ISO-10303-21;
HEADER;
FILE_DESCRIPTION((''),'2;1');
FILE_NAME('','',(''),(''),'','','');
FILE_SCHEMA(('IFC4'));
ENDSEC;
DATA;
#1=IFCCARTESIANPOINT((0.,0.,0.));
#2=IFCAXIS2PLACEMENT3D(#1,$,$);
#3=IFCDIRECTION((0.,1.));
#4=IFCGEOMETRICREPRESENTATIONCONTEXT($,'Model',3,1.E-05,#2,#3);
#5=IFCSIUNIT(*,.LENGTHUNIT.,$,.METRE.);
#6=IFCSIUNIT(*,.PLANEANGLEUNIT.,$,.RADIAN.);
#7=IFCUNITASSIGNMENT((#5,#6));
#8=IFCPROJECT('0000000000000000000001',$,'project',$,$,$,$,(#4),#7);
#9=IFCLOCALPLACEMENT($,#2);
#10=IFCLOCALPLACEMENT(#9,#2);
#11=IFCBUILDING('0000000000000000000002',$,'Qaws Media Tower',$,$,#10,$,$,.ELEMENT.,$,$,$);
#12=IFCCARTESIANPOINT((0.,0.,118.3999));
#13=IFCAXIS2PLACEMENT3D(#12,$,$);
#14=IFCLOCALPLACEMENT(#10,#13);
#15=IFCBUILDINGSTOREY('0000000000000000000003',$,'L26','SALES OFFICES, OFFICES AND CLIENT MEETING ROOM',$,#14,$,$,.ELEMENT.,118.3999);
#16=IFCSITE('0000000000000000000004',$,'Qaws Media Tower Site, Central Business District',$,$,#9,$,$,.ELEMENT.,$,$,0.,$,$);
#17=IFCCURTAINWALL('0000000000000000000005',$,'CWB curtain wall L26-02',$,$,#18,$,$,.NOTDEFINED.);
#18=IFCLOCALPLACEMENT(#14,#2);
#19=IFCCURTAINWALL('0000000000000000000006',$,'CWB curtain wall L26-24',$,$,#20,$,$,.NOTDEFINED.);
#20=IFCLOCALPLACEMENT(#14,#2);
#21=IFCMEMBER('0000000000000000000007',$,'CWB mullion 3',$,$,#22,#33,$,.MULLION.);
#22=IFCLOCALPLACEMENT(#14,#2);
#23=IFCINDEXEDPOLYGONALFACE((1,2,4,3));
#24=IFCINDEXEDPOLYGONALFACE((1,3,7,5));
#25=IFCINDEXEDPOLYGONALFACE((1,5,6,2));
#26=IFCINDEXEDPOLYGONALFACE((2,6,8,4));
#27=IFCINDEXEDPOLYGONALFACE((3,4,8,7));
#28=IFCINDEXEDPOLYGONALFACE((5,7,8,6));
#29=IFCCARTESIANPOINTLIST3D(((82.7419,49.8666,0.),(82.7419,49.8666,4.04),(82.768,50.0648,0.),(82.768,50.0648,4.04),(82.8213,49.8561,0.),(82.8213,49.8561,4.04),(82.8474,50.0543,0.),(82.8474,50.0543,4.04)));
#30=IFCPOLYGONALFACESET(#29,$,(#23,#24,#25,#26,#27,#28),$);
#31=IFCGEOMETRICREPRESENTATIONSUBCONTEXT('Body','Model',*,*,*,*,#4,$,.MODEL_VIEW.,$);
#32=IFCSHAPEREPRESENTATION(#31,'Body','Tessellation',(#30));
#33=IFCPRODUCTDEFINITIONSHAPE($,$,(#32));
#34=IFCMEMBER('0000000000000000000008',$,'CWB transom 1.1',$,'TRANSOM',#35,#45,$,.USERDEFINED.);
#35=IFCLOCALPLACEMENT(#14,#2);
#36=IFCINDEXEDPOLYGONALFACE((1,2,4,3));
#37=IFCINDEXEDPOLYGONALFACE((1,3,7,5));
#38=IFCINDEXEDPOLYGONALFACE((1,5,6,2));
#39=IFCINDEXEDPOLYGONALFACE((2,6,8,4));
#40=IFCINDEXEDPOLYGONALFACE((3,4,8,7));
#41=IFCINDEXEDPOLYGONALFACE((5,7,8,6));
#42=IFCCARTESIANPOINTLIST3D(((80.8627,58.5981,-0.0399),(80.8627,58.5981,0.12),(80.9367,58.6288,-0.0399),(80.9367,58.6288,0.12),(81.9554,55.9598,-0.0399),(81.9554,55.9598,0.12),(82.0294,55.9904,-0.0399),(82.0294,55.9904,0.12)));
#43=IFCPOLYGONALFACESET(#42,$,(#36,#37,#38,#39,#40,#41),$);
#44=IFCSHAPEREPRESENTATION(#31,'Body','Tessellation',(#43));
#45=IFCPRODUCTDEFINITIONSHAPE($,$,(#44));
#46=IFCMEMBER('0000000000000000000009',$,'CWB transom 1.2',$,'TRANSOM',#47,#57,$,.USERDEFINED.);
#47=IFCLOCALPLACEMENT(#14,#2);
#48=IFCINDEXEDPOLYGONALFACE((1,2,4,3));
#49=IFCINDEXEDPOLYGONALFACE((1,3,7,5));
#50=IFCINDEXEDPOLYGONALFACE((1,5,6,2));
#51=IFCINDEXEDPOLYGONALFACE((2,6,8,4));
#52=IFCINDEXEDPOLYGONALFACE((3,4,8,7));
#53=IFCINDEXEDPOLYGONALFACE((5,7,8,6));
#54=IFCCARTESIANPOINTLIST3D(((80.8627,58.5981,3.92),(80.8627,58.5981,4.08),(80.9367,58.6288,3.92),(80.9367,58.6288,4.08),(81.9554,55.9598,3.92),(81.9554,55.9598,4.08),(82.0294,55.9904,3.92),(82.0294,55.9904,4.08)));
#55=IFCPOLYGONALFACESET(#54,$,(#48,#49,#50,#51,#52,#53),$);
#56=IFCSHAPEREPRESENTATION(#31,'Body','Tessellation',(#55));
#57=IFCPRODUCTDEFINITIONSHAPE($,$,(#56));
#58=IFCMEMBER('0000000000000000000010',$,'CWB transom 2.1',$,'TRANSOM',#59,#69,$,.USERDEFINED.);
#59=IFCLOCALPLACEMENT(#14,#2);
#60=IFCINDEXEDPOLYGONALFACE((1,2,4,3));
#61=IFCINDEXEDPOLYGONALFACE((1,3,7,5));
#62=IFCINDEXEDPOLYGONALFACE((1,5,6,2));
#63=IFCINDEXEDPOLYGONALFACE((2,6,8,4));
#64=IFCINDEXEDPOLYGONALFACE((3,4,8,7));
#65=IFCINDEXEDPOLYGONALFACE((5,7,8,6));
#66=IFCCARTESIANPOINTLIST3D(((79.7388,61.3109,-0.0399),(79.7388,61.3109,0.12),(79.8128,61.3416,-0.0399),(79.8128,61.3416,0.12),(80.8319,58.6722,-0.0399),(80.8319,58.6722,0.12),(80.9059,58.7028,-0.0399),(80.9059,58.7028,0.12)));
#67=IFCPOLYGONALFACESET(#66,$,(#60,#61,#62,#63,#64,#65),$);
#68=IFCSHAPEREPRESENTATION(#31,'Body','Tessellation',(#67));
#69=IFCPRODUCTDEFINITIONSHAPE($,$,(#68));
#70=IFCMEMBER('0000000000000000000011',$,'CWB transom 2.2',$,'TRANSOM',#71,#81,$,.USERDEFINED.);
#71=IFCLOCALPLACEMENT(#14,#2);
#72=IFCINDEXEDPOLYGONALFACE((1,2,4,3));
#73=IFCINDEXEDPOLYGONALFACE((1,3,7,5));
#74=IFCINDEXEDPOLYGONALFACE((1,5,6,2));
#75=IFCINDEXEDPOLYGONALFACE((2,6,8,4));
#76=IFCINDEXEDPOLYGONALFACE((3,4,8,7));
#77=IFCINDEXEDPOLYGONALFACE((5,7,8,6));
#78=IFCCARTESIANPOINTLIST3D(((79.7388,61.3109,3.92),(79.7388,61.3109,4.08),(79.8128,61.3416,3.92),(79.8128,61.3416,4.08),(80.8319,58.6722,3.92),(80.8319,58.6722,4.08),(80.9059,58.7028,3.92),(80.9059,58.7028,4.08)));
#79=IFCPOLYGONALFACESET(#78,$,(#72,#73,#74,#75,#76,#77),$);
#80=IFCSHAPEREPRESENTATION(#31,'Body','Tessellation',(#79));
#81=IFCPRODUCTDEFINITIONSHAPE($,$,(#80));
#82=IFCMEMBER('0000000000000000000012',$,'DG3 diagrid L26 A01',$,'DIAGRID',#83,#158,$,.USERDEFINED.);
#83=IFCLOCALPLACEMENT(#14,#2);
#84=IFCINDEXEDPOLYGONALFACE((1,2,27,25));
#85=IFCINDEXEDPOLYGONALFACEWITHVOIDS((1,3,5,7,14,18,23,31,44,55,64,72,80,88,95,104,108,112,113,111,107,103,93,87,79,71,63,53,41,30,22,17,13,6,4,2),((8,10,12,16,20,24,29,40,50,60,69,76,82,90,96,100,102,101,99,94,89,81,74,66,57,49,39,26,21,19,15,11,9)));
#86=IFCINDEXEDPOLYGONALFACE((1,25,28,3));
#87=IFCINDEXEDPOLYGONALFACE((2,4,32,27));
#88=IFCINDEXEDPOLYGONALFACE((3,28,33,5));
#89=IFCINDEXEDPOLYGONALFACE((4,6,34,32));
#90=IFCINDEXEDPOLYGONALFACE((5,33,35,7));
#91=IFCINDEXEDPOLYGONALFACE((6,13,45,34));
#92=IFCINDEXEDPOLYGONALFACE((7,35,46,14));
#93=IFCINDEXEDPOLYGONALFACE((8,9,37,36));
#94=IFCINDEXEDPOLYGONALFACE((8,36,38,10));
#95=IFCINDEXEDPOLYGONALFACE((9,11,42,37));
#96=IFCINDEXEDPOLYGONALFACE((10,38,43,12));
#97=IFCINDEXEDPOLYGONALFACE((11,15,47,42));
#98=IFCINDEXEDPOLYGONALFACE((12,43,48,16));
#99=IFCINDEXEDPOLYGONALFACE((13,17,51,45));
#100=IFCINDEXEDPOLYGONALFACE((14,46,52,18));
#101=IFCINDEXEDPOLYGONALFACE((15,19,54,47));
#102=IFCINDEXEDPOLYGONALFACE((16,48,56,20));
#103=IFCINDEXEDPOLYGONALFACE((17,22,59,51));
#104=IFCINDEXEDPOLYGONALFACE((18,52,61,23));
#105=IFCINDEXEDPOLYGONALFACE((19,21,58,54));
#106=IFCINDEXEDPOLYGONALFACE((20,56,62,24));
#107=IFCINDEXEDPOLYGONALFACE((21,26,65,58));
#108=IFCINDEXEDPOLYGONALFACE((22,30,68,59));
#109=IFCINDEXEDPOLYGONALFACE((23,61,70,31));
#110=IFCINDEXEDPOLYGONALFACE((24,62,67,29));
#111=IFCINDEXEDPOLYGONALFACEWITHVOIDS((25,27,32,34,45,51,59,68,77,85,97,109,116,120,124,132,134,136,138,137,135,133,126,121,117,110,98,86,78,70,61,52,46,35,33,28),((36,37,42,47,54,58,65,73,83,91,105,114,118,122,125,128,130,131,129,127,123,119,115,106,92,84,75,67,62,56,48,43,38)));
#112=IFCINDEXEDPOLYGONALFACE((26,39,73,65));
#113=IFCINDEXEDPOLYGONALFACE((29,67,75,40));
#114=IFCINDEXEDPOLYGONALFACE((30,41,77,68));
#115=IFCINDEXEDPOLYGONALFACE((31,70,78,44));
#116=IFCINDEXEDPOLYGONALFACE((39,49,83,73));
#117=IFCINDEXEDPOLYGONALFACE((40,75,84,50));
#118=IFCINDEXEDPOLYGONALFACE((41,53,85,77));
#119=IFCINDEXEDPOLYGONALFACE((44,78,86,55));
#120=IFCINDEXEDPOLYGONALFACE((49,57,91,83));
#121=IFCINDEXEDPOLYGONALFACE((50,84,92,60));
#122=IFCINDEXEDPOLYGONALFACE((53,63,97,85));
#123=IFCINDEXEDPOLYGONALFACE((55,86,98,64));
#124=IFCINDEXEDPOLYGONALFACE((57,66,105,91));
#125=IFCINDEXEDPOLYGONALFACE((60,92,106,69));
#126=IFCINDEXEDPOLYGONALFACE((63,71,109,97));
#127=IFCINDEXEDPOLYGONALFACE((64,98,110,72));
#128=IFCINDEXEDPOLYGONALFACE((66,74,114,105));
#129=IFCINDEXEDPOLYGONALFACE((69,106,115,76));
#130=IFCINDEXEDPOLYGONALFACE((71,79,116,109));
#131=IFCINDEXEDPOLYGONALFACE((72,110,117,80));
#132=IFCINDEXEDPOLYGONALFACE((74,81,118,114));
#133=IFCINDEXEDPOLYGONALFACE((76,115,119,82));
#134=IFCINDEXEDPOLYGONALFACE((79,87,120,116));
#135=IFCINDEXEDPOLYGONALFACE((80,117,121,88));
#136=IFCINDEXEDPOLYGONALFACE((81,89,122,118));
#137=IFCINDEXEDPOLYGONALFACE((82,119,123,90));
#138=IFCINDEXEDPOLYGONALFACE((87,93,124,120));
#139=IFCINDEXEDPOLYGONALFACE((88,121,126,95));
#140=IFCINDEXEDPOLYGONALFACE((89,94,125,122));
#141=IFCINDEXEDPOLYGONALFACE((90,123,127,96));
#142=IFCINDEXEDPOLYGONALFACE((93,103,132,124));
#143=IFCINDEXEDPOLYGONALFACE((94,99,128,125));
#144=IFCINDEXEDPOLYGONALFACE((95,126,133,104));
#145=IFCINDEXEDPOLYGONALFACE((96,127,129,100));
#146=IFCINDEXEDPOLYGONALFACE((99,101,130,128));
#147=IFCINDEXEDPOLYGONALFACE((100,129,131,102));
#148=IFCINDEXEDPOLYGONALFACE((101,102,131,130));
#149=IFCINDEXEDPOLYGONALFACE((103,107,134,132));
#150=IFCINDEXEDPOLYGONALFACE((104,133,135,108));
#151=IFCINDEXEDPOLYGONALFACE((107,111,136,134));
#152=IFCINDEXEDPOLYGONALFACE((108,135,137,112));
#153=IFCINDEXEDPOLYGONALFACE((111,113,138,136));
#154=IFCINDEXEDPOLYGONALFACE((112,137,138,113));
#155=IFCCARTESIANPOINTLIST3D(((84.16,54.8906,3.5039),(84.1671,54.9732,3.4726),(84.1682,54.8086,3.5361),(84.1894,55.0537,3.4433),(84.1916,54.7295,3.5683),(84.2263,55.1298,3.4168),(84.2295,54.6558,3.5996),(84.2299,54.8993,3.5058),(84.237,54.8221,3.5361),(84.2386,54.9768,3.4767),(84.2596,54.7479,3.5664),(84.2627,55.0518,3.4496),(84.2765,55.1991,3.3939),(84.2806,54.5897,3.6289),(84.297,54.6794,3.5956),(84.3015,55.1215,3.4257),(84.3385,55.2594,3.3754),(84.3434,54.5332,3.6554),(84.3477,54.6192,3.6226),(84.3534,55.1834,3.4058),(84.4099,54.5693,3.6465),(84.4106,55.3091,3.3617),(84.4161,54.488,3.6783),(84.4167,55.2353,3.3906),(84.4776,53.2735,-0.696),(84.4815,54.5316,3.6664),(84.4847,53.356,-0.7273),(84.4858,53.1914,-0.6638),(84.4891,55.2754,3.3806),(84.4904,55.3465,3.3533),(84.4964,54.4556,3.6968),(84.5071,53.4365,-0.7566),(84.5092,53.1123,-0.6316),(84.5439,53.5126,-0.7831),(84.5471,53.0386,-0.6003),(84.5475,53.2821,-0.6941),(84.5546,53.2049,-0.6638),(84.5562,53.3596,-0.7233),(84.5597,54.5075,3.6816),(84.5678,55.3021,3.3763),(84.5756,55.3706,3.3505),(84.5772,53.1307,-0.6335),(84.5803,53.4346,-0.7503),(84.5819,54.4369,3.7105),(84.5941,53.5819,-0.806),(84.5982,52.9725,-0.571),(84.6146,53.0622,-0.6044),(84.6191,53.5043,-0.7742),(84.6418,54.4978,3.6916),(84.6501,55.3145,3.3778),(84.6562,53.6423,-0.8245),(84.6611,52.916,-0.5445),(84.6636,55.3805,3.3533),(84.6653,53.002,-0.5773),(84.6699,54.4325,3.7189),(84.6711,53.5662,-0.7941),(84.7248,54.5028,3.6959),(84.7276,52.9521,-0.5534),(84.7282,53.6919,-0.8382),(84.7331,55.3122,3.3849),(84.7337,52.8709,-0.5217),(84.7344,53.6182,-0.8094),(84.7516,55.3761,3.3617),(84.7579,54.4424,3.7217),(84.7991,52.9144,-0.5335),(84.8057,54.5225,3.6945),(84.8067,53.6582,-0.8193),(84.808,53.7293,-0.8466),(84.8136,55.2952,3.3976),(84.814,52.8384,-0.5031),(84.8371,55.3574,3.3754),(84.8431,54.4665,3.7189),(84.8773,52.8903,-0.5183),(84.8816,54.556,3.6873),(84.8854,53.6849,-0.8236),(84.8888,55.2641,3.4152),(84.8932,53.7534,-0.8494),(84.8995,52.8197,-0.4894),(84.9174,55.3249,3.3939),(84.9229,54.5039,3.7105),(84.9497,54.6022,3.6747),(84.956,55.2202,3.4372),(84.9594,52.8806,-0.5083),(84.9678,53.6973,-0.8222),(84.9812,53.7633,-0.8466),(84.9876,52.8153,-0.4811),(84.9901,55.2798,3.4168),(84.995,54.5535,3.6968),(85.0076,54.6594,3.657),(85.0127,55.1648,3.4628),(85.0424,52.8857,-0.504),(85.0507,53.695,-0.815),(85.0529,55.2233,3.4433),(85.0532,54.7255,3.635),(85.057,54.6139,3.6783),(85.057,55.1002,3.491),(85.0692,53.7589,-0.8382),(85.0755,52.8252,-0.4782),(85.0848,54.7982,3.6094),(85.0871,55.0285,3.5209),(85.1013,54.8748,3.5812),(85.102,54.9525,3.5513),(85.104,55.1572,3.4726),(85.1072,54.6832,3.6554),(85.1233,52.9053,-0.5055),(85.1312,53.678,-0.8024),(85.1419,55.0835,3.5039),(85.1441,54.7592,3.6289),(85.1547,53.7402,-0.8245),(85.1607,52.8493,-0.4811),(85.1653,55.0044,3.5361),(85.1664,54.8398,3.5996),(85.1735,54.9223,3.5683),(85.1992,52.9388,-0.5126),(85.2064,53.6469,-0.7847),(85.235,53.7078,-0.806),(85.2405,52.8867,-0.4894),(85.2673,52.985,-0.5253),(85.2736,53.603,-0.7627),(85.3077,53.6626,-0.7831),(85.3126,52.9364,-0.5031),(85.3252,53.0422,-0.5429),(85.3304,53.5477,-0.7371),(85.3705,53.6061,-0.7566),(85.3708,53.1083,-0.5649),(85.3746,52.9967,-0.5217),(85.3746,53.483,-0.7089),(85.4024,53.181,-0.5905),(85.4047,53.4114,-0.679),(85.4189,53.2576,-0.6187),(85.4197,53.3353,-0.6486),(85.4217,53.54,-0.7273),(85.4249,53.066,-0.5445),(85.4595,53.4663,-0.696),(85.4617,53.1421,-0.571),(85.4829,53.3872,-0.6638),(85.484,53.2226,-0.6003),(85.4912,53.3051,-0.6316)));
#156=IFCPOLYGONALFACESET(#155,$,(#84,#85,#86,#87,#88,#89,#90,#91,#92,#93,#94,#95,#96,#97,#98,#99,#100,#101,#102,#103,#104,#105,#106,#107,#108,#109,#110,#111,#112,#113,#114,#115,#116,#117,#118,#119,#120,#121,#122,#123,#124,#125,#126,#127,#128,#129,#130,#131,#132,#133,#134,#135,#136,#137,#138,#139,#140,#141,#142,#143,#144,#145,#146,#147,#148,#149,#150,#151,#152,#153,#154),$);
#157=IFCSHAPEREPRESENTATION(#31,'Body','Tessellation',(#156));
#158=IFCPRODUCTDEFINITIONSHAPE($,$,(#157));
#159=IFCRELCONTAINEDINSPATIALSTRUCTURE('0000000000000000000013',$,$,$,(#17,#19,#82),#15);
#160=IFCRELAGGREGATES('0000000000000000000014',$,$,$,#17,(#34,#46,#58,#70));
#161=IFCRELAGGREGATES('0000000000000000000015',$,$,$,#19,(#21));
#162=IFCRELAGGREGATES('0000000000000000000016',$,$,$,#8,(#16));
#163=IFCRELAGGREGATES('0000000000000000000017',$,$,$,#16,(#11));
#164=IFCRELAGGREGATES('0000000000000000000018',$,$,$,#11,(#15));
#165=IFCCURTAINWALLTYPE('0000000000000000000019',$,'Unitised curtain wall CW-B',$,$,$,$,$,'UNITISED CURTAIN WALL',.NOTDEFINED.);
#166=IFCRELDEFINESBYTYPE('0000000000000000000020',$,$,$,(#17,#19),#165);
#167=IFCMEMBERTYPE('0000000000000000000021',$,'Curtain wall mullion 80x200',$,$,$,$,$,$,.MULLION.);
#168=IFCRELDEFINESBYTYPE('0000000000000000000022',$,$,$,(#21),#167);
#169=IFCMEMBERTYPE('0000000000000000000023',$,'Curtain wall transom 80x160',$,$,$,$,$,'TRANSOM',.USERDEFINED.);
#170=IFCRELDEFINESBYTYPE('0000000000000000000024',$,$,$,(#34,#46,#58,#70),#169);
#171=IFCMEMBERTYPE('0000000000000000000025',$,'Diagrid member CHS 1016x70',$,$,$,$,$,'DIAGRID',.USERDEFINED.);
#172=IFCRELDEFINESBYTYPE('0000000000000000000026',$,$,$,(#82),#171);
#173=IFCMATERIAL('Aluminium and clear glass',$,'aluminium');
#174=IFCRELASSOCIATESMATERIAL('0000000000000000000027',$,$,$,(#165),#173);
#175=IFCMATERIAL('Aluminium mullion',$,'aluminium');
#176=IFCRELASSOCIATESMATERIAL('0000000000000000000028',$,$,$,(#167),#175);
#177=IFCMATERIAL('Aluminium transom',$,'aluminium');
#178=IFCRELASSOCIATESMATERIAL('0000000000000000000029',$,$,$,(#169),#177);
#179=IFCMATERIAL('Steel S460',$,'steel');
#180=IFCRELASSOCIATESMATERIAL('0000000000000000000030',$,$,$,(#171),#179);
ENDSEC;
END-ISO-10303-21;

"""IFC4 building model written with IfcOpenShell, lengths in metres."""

from ifc_helpers import new_model, si_unit, direction, frame, origin, origin_2d, place, context, subcontext, project, spatial, rectangle, hollow_circle, extrude, material, material_profile, profile_set, type_object, element, aggregate, save


model = new_model("IFC4")

# Units and contexts
model_context = context("Model", 3, precision=1e-05, world=origin(), true_north=direction((0.0, 1.0)))
body_context = subcontext(model_context, "Body", "Model", "MODEL_VIEW")
ifc_project = project(units=[si_unit("LENGTHUNIT", "METRE"), si_unit("PLANEANGLEUNIT", "RADIAN")], contexts=[model_context])

# Site, building, storey
site_placement = place(None, origin())
site = spatial("IfcSite", under=ifc_project, at=site_placement, Name="Qaws Media Tower Site, Central Business District", CompositionType="ELEMENT", RefElevation=0.0)
building_placement = place(site_placement, origin())
building = spatial("IfcBuilding", under=site, at=building_placement, Name="Qaws Media Tower", CompositionType="ELEMENT")
storey_placement = place(building_placement, frame((0.0, 0.0, 118.3999)))
storey = spatial("IfcBuildingStorey", under=building, at=storey_placement, Name="L26", Description="SALES OFFICES, OFFICES AND CLIENT MEETING ROOM", CompositionType="ELEMENT", Elevation=118.3999)

# Curtain wall
ifc_material_1 = material(Name="Aluminium and clear glass", Category="aluminium")
curtain_wall_type = type_object("IfcCurtainWallType", Name="Unitised curtain wall CW-B", ElementType="UNITISED CURTAIN WALL", PredefinedType="NOTDEFINED", material=ifc_material_1)
curtain_wall_1_placement = place(storey_placement, origin())
curtain_wall_1 = element("IfcCurtainWall", 1, at=curtain_wall_1_placement, inside=storey, type_object=curtain_wall_type, Name="CWB curtain wall L26-02", PredefinedType="NOTDEFINED")
ifc_material_2 = material(Name="Aluminium mullion", Category="aluminium")
ifc_material_profile_1 = material_profile(ifc_material_2, rectangle(XDim=0.0801, YDim=0.2, at=origin_2d()), Name="80x200")
ifc_profile_set_1 = profile_set([ifc_material_profile_1], Name="Aluminium mullion")
member_type_1 = type_object("IfcMemberType", Name="Curtain wall mullion 80x200", PredefinedType="MULLION", material=ifc_profile_set_1)

# Curtain wall, member
curtain_wall_2_placement = place(storey_placement, origin())
curtain_wall_2 = element("IfcCurtainWall", 2, at=curtain_wall_2_placement, inside=storey, type_object=curtain_wall_type, Name="CWB curtain wall L26-24", PredefinedType="NOTDEFINED")
member_1_placement = place(storey_placement, frame((82.7947, 49.9604, 0.0), z_axis=(0.0, 0.0, 1.0), x_axis=(-0.991445, 0.130526, 0.0)))
member_1 = element("IfcMember", 3, at=member_1_placement, type_object=member_type_1, Name="CWB mullion 3", PredefinedType="MULLION", context=body_context, shape_type="SweptSolid", body=[
    extrude(rectangle(XDim=0.0801, YDim=0.2, at=origin_2d()), origin(), (0.0, 0.0, 1.0), 4.04),
])

# Members
ifc_material_3 = material(Name="Aluminium transom", Category="aluminium")
ifc_material_profile_2 = material_profile(ifc_material_3, rectangle(XDim=0.0801, YDim=0.1599, at=origin_2d()), Name="80x160")
ifc_profile_set_2 = profile_set([ifc_material_profile_2], Name="Aluminium transom")
member_type_2 = type_object("IfcMemberType", Name="Curtain wall transom 80x160", ElementType="TRANSOM", PredefinedType="USERDEFINED", material=ifc_profile_set_2)
member_2_placement = place(storey_placement, frame((81.9924, 55.9751, 0.04), z_axis=(-0.382654, 0.923892, 0.0), x_axis=(-0.923892, -0.382654, 0.0)))
member_2 = element("IfcMember", 4, at=member_2_placement, type_object=member_type_2, Name="CWB transom 1.1", ObjectType="TRANSOM", PredefinedType="USERDEFINED", context=body_context, shape_type="SweptSolid", body=[
    extrude(rectangle(XDim=0.0801, YDim=0.1599, at=origin_2d()), origin(), (0.0, 0.0, 1.0), 2.8557),
])
member_3_placement = place(storey_placement, frame((81.9924, 55.9751, 4.0), z_axis=(-0.382654, 0.923892, 0.0), x_axis=(-0.923892, -0.382654, 0.0)))
member_3 = element("IfcMember", 5, at=member_3_placement, type_object=member_type_2, Name="CWB transom 1.2", ObjectType="TRANSOM", PredefinedType="USERDEFINED", context=body_context, shape_type="SweptSolid", body=[
    extrude(rectangle(XDim=0.0801, YDim=0.1599, at=origin_2d()), origin(), (0.0, 0.0, 1.0), 2.8557),
])
member_4_placement = place(storey_placement, frame((80.8689, 58.6875, 0.04), z_axis=(-0.382697, 0.923874, 0.0), x_axis=(-0.923874, -0.382697, 0.0)))
member_4 = element("IfcMember", 6, at=member_4_placement, type_object=member_type_2, Name="CWB transom 2.1", ObjectType="TRANSOM", PredefinedType="USERDEFINED", context=body_context, shape_type="SweptSolid", body=[
    extrude(rectangle(XDim=0.0801, YDim=0.1599, at=origin_2d()), origin(), (0.0, 0.0, 1.0), 2.8562),
])
member_5_placement = place(storey_placement, frame((80.8689, 58.6875, 4.0), z_axis=(-0.382697, 0.923874, 0.0), x_axis=(-0.923874, -0.382697, 0.0)))
member_5 = element("IfcMember", 7, at=member_5_placement, type_object=member_type_2, Name="CWB transom 2.2", ObjectType="TRANSOM", PredefinedType="USERDEFINED", context=body_context, shape_type="SweptSolid", body=[
    extrude(rectangle(XDim=0.0801, YDim=0.1599, at=origin_2d()), origin(), (0.0, 0.0, 1.0), 2.8562),
])

# Member
ifc_material_4 = material(Name="Steel S460", Category="steel")
ifc_material_profile_3 = material_profile(ifc_material_4, hollow_circle(Radius=0.5081, WallThickness=0.0701, at=origin_2d()), Name="CHS 1016x70")
ifc_profile_set_3 = profile_set([ifc_material_profile_3], Name="Steel S460")
member_type_3 = type_object("IfcMemberType", Name="Diagrid member CHS 1016x70", ElementType="DIAGRID", PredefinedType="USERDEFINED", material=ifc_profile_set_3)
for number, where, z_axis, x_axis, name in (
    (8, (84.9844, 53.2893, -0.6638), (-0.0704, 0.35844, 0.930894), (-0.981253, -0.192725, 0.0), "DG3 diagrid L26 A01"),
):
    element("IfcMember", number, at=place(storey_placement, frame(where, z_axis=z_axis, x_axis=x_axis)), inside=storey, type_object=member_type_3, Name=name, ObjectType="DIAGRID", PredefinedType="USERDEFINED", context=body_context, shape_type="SweptSolid", body=[
        extrude(hollow_circle(Radius=0.5081, WallThickness=0.0701, at=origin_2d()), origin(), (0.0, 0.0, 1.0), 4.5117),
    ])

aggregate(curtain_wall_1, [member_2, member_3, member_4, member_5])
aggregate(curtain_wall_2, [member_1])

save(model, "model.ifc")
